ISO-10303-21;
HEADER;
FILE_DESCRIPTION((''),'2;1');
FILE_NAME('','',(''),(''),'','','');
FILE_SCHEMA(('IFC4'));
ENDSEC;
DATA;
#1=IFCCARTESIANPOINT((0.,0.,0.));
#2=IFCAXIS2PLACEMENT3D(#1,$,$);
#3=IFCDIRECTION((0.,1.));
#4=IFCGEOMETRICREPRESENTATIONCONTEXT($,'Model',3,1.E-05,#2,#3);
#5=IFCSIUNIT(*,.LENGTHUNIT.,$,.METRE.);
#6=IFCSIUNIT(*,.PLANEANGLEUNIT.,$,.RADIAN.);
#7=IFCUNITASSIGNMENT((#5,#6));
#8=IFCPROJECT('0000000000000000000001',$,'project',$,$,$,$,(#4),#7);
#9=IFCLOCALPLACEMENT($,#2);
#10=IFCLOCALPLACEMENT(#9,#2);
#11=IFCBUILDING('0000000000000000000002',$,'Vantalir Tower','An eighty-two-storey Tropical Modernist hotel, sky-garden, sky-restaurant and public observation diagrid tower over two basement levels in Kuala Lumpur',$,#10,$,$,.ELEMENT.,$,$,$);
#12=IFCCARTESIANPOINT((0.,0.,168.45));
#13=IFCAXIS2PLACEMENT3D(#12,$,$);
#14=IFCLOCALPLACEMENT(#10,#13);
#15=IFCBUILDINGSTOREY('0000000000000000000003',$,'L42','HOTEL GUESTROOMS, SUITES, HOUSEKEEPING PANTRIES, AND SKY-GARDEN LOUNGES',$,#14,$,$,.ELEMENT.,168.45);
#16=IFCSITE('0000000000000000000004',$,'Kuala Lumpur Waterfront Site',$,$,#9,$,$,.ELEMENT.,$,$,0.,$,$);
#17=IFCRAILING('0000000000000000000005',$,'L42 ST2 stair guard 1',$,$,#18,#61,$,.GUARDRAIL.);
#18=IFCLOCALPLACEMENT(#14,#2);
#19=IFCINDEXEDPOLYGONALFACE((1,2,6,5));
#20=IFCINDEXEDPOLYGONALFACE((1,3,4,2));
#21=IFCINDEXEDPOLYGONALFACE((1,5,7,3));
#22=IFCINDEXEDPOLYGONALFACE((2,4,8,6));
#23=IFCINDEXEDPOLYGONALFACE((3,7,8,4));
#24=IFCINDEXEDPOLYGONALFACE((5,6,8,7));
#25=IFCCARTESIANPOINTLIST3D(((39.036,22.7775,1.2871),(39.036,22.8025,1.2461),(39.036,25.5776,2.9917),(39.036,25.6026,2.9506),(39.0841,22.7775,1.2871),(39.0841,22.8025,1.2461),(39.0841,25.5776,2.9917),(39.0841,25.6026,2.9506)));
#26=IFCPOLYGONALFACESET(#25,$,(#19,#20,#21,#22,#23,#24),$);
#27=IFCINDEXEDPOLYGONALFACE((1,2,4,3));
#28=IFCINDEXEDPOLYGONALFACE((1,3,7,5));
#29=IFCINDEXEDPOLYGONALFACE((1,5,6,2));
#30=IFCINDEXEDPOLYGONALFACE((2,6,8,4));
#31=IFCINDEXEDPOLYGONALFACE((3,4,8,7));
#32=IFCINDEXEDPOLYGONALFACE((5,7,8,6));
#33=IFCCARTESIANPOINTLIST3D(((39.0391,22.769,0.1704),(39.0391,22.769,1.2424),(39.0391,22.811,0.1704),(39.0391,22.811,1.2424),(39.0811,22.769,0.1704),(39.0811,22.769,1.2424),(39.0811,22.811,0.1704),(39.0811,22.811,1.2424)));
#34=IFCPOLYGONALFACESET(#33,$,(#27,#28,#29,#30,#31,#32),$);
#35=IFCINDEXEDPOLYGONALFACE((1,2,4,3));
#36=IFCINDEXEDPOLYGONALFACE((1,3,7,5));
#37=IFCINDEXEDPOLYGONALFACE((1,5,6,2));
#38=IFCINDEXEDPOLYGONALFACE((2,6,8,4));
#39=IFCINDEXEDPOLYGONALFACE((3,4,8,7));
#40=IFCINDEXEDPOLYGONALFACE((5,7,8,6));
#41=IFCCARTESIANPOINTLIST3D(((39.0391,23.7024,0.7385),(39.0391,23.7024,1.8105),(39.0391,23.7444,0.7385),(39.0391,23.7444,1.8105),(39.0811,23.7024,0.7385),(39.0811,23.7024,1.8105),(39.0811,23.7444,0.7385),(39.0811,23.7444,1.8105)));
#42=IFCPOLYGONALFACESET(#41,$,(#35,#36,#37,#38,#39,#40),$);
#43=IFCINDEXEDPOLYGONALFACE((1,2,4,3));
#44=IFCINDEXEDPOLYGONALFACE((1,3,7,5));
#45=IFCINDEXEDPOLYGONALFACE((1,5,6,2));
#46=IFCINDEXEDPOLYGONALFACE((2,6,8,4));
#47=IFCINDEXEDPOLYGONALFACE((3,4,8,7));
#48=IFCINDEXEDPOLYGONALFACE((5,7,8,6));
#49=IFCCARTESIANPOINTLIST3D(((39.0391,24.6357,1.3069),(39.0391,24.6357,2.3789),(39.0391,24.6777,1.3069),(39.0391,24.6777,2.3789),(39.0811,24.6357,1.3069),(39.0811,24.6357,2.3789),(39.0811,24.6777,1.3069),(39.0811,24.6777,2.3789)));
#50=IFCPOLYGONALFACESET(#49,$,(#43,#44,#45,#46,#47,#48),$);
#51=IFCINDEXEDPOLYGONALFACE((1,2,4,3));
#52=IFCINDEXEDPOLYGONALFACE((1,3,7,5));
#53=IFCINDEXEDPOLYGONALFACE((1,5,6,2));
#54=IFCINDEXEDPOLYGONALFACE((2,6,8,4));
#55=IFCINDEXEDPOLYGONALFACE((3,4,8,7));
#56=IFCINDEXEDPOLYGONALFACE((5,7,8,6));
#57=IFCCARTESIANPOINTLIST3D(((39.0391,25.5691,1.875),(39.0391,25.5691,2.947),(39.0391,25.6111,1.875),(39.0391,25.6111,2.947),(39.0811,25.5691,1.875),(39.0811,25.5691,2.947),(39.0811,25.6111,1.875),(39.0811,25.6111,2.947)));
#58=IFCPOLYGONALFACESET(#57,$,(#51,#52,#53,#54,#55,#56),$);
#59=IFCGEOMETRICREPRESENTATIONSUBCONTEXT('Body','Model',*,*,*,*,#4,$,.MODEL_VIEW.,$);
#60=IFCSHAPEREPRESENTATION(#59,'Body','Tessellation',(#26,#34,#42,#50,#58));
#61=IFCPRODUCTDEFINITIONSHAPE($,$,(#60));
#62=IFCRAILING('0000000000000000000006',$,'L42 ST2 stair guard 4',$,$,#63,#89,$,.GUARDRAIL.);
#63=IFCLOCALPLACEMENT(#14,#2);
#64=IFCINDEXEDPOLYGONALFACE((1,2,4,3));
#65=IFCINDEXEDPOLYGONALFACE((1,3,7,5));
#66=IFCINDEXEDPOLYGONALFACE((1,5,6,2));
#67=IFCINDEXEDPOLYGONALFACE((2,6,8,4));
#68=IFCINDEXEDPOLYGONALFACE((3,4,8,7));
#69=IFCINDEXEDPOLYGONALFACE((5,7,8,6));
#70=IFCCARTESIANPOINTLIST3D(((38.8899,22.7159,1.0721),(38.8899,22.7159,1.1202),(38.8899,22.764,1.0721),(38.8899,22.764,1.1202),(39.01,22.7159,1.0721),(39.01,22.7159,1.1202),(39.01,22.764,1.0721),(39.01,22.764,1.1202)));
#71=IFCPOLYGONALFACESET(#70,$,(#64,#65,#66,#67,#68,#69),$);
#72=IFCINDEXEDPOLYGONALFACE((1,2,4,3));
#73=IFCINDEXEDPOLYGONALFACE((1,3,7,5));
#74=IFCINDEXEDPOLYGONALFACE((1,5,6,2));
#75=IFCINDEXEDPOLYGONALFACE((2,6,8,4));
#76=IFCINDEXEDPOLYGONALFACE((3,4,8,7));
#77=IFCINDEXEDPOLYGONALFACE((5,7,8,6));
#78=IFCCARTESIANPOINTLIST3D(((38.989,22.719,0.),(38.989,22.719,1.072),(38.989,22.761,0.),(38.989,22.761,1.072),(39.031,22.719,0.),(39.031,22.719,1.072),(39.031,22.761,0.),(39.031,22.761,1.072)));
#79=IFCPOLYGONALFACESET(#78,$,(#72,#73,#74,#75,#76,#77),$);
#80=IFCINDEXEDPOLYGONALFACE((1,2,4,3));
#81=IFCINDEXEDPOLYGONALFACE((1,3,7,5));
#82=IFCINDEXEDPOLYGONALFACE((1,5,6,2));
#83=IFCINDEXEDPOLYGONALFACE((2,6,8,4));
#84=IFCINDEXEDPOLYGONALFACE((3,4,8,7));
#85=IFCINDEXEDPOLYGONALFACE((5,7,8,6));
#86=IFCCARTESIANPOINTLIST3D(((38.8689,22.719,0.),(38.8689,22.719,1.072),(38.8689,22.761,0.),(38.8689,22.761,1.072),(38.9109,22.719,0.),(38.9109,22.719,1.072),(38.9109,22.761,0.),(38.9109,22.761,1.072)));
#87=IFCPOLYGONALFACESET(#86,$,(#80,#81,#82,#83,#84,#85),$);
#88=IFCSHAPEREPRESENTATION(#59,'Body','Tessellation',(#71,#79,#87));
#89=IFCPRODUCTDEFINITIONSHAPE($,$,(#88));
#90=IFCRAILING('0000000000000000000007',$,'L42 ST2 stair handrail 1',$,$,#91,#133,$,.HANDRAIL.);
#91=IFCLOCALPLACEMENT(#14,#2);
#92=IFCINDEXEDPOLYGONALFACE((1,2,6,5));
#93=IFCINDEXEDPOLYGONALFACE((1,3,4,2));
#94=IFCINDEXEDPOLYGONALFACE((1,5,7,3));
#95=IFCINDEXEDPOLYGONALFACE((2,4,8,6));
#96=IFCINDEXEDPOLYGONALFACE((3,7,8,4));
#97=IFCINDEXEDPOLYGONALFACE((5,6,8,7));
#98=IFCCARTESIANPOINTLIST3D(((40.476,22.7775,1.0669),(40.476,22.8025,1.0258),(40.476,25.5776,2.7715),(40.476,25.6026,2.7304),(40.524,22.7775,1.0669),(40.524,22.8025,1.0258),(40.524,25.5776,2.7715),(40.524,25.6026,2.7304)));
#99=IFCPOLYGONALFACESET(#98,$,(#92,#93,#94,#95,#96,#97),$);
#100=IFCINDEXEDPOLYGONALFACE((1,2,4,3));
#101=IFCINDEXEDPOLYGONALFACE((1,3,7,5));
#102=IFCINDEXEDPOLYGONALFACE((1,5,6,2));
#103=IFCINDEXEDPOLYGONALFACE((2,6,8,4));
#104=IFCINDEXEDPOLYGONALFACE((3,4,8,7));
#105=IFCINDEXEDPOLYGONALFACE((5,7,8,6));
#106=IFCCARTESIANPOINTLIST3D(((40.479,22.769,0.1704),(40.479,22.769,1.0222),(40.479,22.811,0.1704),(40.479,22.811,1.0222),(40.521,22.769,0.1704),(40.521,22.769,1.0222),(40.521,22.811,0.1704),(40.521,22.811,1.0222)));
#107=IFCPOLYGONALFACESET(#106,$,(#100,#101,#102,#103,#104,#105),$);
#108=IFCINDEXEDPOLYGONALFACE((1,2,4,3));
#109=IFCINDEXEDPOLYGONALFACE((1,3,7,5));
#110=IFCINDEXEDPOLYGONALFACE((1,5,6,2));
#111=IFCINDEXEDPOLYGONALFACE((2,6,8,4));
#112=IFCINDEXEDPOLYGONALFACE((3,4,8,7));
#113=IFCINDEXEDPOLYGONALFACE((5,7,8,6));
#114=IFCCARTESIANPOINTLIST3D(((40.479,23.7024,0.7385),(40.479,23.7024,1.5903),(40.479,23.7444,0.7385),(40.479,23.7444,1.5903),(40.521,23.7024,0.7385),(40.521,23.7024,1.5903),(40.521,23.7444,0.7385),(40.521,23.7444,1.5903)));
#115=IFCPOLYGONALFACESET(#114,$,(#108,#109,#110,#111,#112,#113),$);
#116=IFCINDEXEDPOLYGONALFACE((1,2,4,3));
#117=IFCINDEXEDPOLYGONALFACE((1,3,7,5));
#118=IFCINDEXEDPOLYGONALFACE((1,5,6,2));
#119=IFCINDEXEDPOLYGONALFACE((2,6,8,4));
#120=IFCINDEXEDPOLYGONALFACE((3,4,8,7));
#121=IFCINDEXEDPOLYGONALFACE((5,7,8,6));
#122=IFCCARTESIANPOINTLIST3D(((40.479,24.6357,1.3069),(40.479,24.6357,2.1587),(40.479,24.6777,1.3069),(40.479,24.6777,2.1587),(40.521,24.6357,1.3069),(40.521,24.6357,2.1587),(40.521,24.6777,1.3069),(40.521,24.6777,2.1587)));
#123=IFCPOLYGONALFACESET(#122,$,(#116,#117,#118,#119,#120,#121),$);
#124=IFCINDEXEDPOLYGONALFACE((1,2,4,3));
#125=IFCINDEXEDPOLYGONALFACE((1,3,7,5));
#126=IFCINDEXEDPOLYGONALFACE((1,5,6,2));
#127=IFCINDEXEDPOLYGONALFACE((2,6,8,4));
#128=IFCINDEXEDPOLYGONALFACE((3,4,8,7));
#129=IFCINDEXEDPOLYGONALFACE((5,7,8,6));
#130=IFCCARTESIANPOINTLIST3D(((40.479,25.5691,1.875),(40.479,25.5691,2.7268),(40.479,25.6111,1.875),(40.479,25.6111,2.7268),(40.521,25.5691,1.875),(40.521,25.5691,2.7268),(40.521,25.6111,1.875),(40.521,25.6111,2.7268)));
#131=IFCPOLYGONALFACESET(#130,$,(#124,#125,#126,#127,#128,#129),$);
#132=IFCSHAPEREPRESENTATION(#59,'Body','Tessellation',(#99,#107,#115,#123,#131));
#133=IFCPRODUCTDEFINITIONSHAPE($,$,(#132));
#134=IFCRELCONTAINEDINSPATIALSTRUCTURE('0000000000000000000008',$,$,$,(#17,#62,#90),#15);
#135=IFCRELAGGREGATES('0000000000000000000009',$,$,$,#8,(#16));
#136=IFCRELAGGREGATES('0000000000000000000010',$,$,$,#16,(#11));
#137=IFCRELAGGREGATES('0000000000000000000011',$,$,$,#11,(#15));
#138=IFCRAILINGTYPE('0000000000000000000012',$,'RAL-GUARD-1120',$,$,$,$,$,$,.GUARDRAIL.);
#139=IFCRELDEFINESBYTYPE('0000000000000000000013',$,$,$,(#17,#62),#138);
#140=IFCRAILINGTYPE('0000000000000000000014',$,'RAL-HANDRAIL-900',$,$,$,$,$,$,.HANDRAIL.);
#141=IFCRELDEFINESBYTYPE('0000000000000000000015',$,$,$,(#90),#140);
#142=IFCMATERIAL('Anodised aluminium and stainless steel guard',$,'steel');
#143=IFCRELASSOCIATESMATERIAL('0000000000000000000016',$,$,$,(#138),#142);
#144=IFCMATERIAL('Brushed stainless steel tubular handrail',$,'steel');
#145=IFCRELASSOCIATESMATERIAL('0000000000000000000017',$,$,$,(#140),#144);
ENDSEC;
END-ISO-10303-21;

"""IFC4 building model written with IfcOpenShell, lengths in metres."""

from ifc_helpers import new_model, si_unit, direction, frame, origin, origin_2d, place, context, subcontext, project, spatial, rectangle, extrude, material, type_object, element, save


model = new_model("IFC4")

# Units and contexts
model_context = context("Model", 3, precision=1e-05, world=origin(), true_north=direction((0.0, 1.0)))
body_context = subcontext(model_context, "Body", "Model", "MODEL_VIEW")
ifc_project = project(units=[si_unit("LENGTHUNIT", "METRE"), si_unit("PLANEANGLEUNIT", "RADIAN")], contexts=[model_context])

# Site, building, storey
site_placement = place(None, origin())
site = spatial("IfcSite", under=ifc_project, at=site_placement, Name="Kuala Lumpur Waterfront Site", CompositionType="ELEMENT", RefElevation=0.0)
building_placement = place(site_placement, origin())
building = spatial("IfcBuilding", under=site, at=building_placement, Name="Vantalir Tower", Description="An eighty-two-storey Tropical Modernist hotel, sky-garden, sky-restaurant and public observation diagrid tower over two basement levels in Kuala Lumpur", CompositionType="ELEMENT")
storey_placement = place(building_placement, frame((0.0, 0.0, 168.45)))
storey = spatial("IfcBuildingStorey", under=building, at=storey_placement, Name="L42", Description="HOTEL GUESTROOMS, SUITES, HOUSEKEEPING PANTRIES, AND SKY-GARDEN LOUNGES", CompositionType="ELEMENT", Elevation=168.45)

# Railings
ifc_material_1 = material(Name="Anodised aluminium and stainless steel guard", Category="steel")
railing_type_1 = type_object("IfcRailingType", Name="RAL-GUARD-1120", PredefinedType="GUARDRAIL", material=ifc_material_1)
railing_1_placement = place(storey_placement, frame((39.0601, 22.79, 0.1704)))
element("IfcRailing", 1, at=railing_1_placement, inside=storey, type_object=railing_type_1, Name="L42 ST2 stair guard 1", PredefinedType="GUARDRAIL", context=body_context, shape_type="SweptSolid", body=[
    extrude(rectangle(XDim=0.0481, YDim=0.0481, at=origin_2d()), frame((0.0, 0.0, 1.0962), z_axis=(0.0, 0.85417, 0.519994), x_axis=(-1.0, 0.0, 0.0)), (0.0, 0.0, 1.0), 3.2781),
    extrude(rectangle(XDim=0.042, YDim=0.042, at=origin_2d()), origin(), (0.0, 0.0, 1.0), 1.072),
    extrude(rectangle(XDim=0.042, YDim=0.042, at=origin_2d()), frame((0.0, 0.9333, 0.5681)), (0.0, 0.0, 1.0), 1.072),
    extrude(rectangle(XDim=0.042, YDim=0.042, at=origin_2d()), frame((0.0, 1.8667, 1.1365)), (0.0, 0.0, 1.0), 1.072),
    extrude(rectangle(XDim=0.042, YDim=0.042, at=origin_2d()), frame((0.0, 2.8, 1.7046)), (0.0, 0.0, 1.0), 1.072),
])
railing_2_placement = place(storey_placement, frame((39.01, 22.74, 0.0)))
element("IfcRailing", 2, at=railing_2_placement, inside=storey, type_object=railing_type_1, Name="L42 ST2 stair guard 4", PredefinedType="GUARDRAIL", context=body_context, shape_type="SweptSolid", body=[
    extrude(rectangle(XDim=0.0481, YDim=0.0481, at=origin_2d()), frame((0.0, 0.0, 1.0962), z_axis=(-1.0, 0.0, 0.0), x_axis=(0.0, -1.0, 0.0)), (0.0, 0.0, 1.0), 0.1201),
    extrude(rectangle(XDim=0.042, YDim=0.042, at=origin_2d()), origin(), (0.0, 0.0, 1.0), 1.072),
    extrude(rectangle(XDim=0.042, YDim=0.042, at=origin_2d()), frame((-0.1201, 0.0, 0.0)), (0.0, 0.0, 1.0), 1.072),
])
ifc_material_2 = material(Name="Brushed stainless steel tubular handrail", Category="steel")
railing_type_2 = type_object("IfcRailingType", Name="RAL-HANDRAIL-900", PredefinedType="HANDRAIL", material=ifc_material_2)
railing_3_placement = place(storey_placement, frame((40.5, 22.79, 0.1704)))
element("IfcRailing", 3, at=railing_3_placement, inside=storey, type_object=railing_type_2, Name="L42 ST2 stair handrail 1", PredefinedType="HANDRAIL", context=body_context, shape_type="SweptSolid", body=[
    extrude(rectangle(XDim=0.0481, YDim=0.0481, at=origin_2d()), frame((0.0, 0.0, 0.876), z_axis=(0.0, 0.85417, 0.519994), x_axis=(-1.0, 0.0, 0.0)), (0.0, 0.0, 1.0), 3.2781),
    extrude(rectangle(XDim=0.042, YDim=0.042, at=origin_2d()), origin(), (0.0, 0.0, 1.0), 0.8518),
    extrude(rectangle(XDim=0.042, YDim=0.042, at=origin_2d()), frame((0.0, 0.9333, 0.5681)), (0.0, 0.0, 1.0), 0.8518),
    extrude(rectangle(XDim=0.042, YDim=0.042, at=origin_2d()), frame((0.0, 1.8667, 1.1365)), (0.0, 0.0, 1.0), 0.8518),
    extrude(rectangle(XDim=0.042, YDim=0.042, at=origin_2d()), frame((0.0, 2.8, 1.7046)), (0.0, 0.0, 1.0), 0.8518),
])

save(model, "model.ifc")
